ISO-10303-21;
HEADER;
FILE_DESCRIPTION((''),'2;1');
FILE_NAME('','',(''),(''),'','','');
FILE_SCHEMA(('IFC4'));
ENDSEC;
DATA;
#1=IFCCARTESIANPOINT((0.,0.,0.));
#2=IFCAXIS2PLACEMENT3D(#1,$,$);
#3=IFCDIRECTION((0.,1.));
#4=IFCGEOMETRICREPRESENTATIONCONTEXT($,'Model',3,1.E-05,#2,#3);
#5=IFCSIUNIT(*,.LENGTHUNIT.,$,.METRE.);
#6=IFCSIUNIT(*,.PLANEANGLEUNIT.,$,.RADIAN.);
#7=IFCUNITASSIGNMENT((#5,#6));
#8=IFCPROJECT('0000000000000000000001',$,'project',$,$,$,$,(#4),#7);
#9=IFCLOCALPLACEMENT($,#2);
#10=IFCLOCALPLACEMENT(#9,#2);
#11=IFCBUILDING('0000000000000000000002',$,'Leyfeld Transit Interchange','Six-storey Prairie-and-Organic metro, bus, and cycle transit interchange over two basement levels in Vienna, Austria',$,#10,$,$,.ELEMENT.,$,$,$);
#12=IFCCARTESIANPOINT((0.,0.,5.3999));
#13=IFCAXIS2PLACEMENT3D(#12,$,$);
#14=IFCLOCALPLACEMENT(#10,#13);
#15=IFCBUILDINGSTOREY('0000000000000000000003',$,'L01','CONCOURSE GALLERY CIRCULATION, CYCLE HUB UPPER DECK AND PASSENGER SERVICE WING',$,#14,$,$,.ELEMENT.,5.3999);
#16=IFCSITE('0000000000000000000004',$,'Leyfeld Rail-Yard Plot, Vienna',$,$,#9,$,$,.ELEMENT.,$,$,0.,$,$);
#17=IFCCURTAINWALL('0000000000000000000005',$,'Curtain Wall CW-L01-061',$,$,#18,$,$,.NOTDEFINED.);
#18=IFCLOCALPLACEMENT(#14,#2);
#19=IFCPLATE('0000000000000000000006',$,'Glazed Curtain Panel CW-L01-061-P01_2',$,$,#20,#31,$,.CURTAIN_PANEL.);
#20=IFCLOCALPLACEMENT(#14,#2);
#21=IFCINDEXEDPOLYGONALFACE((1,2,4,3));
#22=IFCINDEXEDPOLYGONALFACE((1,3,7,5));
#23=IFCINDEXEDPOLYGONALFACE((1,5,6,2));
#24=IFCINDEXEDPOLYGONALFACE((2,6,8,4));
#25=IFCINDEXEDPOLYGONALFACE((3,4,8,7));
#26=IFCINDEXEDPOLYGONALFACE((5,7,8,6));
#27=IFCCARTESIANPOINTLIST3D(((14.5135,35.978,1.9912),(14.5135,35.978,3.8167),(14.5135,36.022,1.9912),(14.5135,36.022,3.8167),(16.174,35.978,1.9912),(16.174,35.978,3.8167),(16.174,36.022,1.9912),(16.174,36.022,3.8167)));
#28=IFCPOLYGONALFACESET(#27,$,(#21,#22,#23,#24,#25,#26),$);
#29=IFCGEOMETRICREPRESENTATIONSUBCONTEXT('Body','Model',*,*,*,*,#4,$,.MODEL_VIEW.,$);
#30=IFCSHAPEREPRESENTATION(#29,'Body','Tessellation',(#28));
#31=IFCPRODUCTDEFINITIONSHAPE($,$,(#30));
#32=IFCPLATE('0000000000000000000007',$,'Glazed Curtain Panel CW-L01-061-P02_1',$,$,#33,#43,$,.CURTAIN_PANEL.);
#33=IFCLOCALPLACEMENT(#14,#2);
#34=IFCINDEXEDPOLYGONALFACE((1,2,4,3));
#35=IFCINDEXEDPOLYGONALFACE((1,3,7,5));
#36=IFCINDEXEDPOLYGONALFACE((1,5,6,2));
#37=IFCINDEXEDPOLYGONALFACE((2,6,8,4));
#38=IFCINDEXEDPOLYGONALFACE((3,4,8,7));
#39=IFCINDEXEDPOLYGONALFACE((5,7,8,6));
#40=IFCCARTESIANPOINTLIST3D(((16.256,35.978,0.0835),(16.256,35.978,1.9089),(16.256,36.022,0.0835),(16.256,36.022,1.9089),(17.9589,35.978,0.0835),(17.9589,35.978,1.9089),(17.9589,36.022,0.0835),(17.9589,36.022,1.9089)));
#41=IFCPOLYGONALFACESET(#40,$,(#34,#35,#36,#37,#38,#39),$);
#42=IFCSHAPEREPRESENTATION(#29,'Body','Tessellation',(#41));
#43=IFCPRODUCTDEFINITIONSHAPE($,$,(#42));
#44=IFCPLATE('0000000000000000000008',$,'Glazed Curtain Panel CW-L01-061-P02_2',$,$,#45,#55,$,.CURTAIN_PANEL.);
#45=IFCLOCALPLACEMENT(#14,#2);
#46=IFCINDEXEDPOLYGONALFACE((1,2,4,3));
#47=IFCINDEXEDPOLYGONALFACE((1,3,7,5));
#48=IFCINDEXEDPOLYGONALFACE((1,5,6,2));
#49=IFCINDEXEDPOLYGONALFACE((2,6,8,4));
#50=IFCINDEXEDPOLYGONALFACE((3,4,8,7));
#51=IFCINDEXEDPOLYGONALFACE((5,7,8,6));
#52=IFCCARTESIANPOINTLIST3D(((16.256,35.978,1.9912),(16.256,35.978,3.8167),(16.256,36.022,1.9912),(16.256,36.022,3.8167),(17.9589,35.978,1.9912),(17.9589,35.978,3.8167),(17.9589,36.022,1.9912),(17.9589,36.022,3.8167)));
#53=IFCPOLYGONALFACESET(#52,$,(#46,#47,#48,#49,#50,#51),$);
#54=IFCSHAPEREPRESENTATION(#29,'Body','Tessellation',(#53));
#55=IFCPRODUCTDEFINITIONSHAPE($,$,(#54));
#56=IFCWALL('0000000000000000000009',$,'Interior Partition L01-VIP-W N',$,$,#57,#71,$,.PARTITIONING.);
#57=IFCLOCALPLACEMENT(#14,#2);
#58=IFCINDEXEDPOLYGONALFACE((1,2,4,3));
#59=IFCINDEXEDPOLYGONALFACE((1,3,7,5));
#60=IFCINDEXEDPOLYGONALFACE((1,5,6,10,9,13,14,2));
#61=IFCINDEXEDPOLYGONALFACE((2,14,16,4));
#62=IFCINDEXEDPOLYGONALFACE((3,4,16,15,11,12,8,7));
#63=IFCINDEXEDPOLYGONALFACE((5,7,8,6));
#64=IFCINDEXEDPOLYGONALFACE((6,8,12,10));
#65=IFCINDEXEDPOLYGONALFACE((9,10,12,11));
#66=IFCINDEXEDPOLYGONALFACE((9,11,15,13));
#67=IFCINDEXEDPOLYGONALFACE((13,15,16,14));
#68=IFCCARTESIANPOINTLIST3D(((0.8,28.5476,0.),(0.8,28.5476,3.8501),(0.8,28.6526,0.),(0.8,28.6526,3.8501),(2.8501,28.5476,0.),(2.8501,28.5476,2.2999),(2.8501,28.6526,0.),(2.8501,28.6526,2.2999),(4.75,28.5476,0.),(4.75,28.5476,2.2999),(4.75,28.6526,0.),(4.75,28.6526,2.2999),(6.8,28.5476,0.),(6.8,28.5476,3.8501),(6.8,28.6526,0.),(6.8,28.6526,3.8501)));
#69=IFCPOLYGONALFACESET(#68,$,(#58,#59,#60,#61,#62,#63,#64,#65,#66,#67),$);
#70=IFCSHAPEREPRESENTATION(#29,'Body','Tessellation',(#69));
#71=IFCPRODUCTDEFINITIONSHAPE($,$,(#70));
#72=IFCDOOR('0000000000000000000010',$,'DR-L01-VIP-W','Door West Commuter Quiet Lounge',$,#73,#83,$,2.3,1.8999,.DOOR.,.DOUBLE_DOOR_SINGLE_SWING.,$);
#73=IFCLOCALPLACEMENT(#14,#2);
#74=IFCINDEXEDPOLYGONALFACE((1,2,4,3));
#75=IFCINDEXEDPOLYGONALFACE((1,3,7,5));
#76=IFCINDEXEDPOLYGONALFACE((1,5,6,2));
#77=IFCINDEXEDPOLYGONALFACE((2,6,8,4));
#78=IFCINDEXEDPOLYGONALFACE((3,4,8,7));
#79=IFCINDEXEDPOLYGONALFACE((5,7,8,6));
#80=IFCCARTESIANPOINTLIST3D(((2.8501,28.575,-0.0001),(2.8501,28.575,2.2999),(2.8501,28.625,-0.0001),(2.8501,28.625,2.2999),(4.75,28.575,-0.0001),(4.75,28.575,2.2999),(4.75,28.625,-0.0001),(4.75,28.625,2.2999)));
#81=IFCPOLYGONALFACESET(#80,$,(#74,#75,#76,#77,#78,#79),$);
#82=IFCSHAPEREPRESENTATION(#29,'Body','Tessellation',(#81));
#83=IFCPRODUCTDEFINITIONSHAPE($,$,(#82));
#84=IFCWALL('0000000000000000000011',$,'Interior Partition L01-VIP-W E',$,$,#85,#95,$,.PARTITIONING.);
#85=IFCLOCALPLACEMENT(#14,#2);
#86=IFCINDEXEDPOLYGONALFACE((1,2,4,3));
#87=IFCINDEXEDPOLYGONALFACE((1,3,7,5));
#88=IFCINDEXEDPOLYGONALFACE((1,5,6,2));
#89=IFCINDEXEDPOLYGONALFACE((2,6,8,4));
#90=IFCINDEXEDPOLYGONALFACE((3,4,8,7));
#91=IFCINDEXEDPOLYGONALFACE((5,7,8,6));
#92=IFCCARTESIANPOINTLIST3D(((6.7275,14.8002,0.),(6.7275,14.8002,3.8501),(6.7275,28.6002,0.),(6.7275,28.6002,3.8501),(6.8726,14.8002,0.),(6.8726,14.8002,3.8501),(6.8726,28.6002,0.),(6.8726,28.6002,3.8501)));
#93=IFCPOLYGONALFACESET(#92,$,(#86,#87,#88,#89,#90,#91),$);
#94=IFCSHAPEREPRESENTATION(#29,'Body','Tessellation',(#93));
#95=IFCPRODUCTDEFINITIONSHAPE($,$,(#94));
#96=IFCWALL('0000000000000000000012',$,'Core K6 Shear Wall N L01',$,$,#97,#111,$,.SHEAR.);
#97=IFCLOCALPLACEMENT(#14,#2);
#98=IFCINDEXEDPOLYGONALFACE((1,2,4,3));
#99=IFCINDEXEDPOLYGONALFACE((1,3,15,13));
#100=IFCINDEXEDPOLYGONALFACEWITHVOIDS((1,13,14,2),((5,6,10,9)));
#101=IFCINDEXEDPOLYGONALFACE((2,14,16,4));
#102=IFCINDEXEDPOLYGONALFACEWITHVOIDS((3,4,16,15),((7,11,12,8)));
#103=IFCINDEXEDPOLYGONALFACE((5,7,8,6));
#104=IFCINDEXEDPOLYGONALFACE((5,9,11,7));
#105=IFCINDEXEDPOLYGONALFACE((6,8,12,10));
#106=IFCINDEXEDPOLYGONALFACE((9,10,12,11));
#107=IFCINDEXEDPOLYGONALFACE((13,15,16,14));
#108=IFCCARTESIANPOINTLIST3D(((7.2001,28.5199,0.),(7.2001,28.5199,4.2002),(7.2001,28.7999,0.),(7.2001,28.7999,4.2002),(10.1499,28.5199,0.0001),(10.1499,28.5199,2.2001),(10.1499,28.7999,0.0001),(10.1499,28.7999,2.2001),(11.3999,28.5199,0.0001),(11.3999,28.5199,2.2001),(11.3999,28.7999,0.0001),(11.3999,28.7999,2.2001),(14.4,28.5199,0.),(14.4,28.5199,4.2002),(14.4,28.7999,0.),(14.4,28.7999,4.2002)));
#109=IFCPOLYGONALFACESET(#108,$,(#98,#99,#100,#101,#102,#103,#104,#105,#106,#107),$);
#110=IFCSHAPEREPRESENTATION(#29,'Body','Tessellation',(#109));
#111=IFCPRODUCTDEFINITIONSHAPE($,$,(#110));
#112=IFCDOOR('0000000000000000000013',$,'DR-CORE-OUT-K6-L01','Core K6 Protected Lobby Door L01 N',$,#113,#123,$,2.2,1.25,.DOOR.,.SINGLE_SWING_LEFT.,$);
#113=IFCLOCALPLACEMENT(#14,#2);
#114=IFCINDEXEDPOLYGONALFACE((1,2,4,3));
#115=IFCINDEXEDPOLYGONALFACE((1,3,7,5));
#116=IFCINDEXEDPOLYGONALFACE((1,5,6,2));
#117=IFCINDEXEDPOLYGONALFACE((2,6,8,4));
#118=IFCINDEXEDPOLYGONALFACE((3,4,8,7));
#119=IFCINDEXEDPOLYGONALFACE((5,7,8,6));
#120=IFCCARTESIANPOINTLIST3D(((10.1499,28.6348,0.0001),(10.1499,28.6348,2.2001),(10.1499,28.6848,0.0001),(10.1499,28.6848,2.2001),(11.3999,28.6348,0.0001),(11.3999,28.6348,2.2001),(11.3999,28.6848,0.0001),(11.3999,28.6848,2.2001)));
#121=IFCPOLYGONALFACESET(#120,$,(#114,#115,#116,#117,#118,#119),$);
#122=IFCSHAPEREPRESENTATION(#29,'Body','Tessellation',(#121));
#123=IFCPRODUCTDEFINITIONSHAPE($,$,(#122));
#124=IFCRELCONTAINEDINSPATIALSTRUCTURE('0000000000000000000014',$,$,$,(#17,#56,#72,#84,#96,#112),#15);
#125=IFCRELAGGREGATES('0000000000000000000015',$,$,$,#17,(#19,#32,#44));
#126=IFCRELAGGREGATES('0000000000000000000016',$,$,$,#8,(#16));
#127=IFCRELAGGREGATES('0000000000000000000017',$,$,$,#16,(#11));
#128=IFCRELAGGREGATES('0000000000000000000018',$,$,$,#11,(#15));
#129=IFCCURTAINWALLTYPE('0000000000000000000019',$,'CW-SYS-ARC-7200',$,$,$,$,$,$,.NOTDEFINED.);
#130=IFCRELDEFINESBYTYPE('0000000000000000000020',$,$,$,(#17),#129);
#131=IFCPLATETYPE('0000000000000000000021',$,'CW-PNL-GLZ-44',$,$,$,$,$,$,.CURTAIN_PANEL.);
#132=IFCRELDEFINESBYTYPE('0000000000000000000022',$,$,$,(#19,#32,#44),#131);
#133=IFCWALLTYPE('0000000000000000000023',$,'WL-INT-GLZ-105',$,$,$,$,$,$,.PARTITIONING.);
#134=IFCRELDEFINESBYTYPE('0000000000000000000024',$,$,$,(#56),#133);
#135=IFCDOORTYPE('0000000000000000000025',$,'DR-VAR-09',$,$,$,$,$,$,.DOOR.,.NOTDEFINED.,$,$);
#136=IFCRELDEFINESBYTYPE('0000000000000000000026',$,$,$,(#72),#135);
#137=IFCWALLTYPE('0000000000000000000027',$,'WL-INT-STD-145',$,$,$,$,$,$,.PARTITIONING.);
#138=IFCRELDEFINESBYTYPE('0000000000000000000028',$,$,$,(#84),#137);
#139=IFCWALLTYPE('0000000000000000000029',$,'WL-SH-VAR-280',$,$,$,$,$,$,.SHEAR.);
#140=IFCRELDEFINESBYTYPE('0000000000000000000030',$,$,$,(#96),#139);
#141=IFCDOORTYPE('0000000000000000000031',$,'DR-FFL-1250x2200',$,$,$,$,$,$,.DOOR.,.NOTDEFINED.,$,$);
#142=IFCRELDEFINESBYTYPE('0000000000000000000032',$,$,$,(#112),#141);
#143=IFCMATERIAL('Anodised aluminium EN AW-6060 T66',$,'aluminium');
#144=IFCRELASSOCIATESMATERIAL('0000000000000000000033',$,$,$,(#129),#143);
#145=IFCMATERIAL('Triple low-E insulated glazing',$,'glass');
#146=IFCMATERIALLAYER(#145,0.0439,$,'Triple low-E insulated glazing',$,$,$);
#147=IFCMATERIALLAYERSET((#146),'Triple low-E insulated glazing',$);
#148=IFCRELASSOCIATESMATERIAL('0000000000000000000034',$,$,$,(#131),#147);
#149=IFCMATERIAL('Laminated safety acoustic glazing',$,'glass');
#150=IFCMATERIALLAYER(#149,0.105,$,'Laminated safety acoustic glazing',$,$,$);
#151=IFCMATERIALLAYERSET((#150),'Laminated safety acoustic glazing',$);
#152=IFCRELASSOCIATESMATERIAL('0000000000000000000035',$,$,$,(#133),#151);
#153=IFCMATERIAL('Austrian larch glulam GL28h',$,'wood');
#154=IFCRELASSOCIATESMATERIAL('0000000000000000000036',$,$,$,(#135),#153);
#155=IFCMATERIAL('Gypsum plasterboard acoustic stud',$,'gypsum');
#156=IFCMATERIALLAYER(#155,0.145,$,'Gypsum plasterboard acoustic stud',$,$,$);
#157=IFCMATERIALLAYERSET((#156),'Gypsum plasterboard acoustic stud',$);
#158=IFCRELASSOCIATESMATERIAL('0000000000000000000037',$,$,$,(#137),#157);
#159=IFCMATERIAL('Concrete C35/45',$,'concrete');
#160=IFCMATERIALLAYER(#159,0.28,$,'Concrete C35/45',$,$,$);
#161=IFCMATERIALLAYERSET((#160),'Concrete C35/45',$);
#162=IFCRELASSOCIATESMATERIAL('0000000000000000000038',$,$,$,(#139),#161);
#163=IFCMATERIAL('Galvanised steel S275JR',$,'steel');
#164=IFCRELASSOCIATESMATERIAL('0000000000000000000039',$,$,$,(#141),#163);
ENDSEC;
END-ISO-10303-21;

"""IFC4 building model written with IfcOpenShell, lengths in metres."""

from ifc_helpers import new_model, si_unit, direction, frame, frame_2d, origin, origin_2d, place, context, subcontext, project, spatial, rectangle, extrude, material, layer, layer_set, type_object, element, fill, aggregate, save


model = new_model("IFC4")

# Units and contexts
model_context = context("Model", 3, precision=1e-05, world=origin(), true_north=direction((0.0, 1.0)))
body_context = subcontext(model_context, "Body", "Model", "MODEL_VIEW")
ifc_project = project(units=[si_unit("LENGTHUNIT", "METRE"), si_unit("PLANEANGLEUNIT", "RADIAN")], contexts=[model_context])

# Site, building, storey
site_placement = place(None, origin())
site = spatial("IfcSite", under=ifc_project, at=site_placement, Name="Leyfeld Rail-Yard Plot, Vienna", CompositionType="ELEMENT", RefElevation=0.0)
building_placement = place(site_placement, origin())
building = spatial("IfcBuilding", under=site, at=building_placement, Name="Leyfeld Transit Interchange", Description="Six-storey Prairie-and-Organic metro, bus, and cycle transit interchange over two basement levels in Vienna, Austria", CompositionType="ELEMENT")
storey_placement = place(building_placement, frame((0.0, 0.0, 5.3999)))
storey = spatial("IfcBuildingStorey", under=building, at=storey_placement, Name="L01", Description="CONCOURSE GALLERY CIRCULATION, CYCLE HUB UPPER DECK AND PASSENGER SERVICE WING", CompositionType="ELEMENT", Elevation=5.3999)

# Shared definitions
ifc_material_1 = material(Name="Anodised aluminium EN AW-6060 T66", Category="aluminium")
curtain_wall_type = type_object("IfcCurtainWallType", Name="CW-SYS-ARC-7200", PredefinedType="NOTDEFINED", material=ifc_material_1)

# Curtain wall
curtain_wall_1_placement = place(storey_placement, origin())
curtain_wall_1 = element("IfcCurtainWall", 1, at=curtain_wall_1_placement, inside=storey, type_object=curtain_wall_type, Name="Curtain Wall CW-L01-061", PredefinedType="NOTDEFINED")

# Plates
ifc_material_2 = material(Name="Triple low-E insulated glazing", Category="glass")
ifc_layer_1 = layer(ifc_material_2, 0.0439, Name="Triple low-E insulated glazing")
ifc_layer_set_1 = layer_set([ifc_layer_1], Name="Triple low-E insulated glazing")
plate_type = type_object("IfcPlateType", Name="CW-PNL-GLZ-44", PredefinedType="CURTAIN_PANEL", material=ifc_layer_set_1)
plate_1_placement = place(storey_placement, frame((15.3438, 36.0, 1.9912), z_axis=(0.0, 0.0, 1.0), x_axis=(1.0, 0.0, 0.0)))
plate_1 = element("IfcPlate", 2, at=plate_1_placement, type_object=plate_type, Name="Glazed Curtain Panel CW-L01-061-P01_2", PredefinedType="CURTAIN_PANEL", context=body_context, shape_type="SweptSolid", body=[
    extrude(rectangle(XDim=1.6604, YDim=0.0439, at=origin_2d()), origin(), (0.0, 0.0, 1.0), 1.8254),
])
plate_2_placement = place(storey_placement, frame((17.1074, 36.0, 0.0835), z_axis=(0.0, 0.0, 1.0), x_axis=(1.0, 0.0, 0.0)))
plate_2 = element("IfcPlate", 3, at=plate_2_placement, type_object=plate_type, Name="Glazed Curtain Panel CW-L01-061-P02_1", PredefinedType="CURTAIN_PANEL", context=body_context, shape_type="SweptSolid", body=[
    extrude(rectangle(XDim=1.7029, YDim=0.0439, at=origin_2d()), origin(), (0.0, 0.0, 1.0), 1.8254),
])
plate_3_placement = place(storey_placement, frame((17.1074, 36.0, 1.9912), z_axis=(0.0, 0.0, 1.0), x_axis=(1.0, 0.0, 0.0)))
plate_3 = element("IfcPlate", 4, at=plate_3_placement, type_object=plate_type, Name="Glazed Curtain Panel CW-L01-061-P02_2", PredefinedType="CURTAIN_PANEL", context=body_context, shape_type="SweptSolid", body=[
    extrude(rectangle(XDim=1.7029, YDim=0.0439, at=origin_2d()), origin(), (0.0, 0.0, 1.0), 1.8254),
])
aggregate(curtain_wall_1, [plate_1, plate_2, plate_3])

# Wall, opening, door
ifc_material_3 = material(Name="Laminated safety acoustic glazing", Category="glass")
ifc_layer_2 = layer(ifc_material_3, 0.105, Name="Laminated safety acoustic glazing")
ifc_layer_set_2 = layer_set([ifc_layer_2], Name="Laminated safety acoustic glazing")
wall_type_1 = type_object("IfcWallType", Name="WL-INT-GLZ-105", PredefinedType="PARTITIONING", material=ifc_layer_set_2)
wall_1_placement = place(storey_placement, frame((0.8, 28.6001, 0.0), z_axis=(0.0, 0.0, 1.0), x_axis=(1.0, 0.0, 0.0)))
wall_1 = element("IfcWall", 5, at=wall_1_placement, inside=storey, type_object=wall_type_1, Name="Interior Partition L01-VIP-W N", PredefinedType="PARTITIONING", context=body_context, shape_type="SweptSolid", body=[
    extrude(rectangle(XDim=6.0, YDim=0.105, at=frame_2d((3.0, 0.0))), origin(), (0.0, 0.0, 1.0), 3.8501),
])
opening_1_placement = place(wall_1_placement, frame((2.05, 0.0, 0.0)))
opening_1 = element("IfcOpeningElement", 6, at=opening_1_placement, cuts=wall_1, PredefinedType="OPENING", context=body_context, shape_type="SweptSolid", body=[
    extrude(rectangle(XDim=1.8999, YDim=2.3, at=frame_2d((0.95, 1.1499))), frame((0.0, 0.0625, 0.0), z_axis=(0.0, -1.0, 0.0), x_axis=(1.0, 0.0, 0.0)), (0.0, 0.0, 1.0), 0.125),
])
ifc_material_4 = material(Name="Austrian larch glulam GL28h", Category="wood")
door_type_1 = type_object("IfcDoorType", Name="DR-VAR-09", OperationType="NOTDEFINED", PredefinedType="DOOR", material=ifc_material_4)
door_1_placement = place(opening_1_placement, origin())
door_1 = element("IfcDoor", 7, at=door_1_placement, inside=storey, type_object=door_type_1, Name="DR-L01-VIP-W", Description="Door West Commuter Quiet Lounge", OperationType="DOUBLE_DOOR_SINGLE_SWING", OverallHeight=2.3, OverallWidth=1.8999, PredefinedType="DOOR", context=body_context, shape_type="SweptSolid", body=[
    extrude(rectangle(XDim=1.8999, YDim=2.3, at=frame_2d((0.95, 1.1499))), frame((0.0, 0.0249, 0.0), z_axis=(0.0, -1.0, 0.0), x_axis=(1.0, 0.0, 0.0)), (0.0, 0.0, 1.0), 0.05),
])
fill(opening_1, door_1)

# Wall
ifc_material_5 = material(Name="Gypsum plasterboard acoustic stud", Category="gypsum")
ifc_layer_3 = layer(ifc_material_5, 0.145, Name="Gypsum plasterboard acoustic stud")
ifc_layer_set_3 = layer_set([ifc_layer_3], Name="Gypsum plasterboard acoustic stud")
wall_type_2 = type_object("IfcWallType", Name="WL-INT-STD-145", PredefinedType="PARTITIONING", material=ifc_layer_set_3)
wall_2_placement = place(storey_placement, frame((6.8, 28.6001, 0.0), z_axis=(0.0, 0.0, 1.0), x_axis=(0.0, -1.0, 0.0)))
element("IfcWall", 8, at=wall_2_placement, inside=storey, type_object=wall_type_2, Name="Interior Partition L01-VIP-W E", PredefinedType="PARTITIONING", context=body_context, shape_type="SweptSolid", body=[
    extrude(rectangle(XDim=13.8, YDim=0.145, at=frame_2d((6.8999, 0.0))), origin(), (0.0, 0.0, 1.0), 3.8501),
])

# Wall, opening, door
ifc_material_6 = material(Name="Concrete C35/45", Category="concrete")
ifc_layer_4 = layer(ifc_material_6, 0.28, Name="Concrete C35/45")
ifc_layer_set_4 = layer_set([ifc_layer_4], Name="Concrete C35/45")
wall_type_3 = type_object("IfcWallType", Name="WL-SH-VAR-280", PredefinedType="SHEAR", material=ifc_layer_set_4)
wall_3_placement = place(storey_placement, frame((7.2, 28.6599, 0.0), z_axis=(0.0, 0.0, 1.0), x_axis=(1.0, 0.0, 0.0)))
wall_3 = element("IfcWall", 9, at=wall_3_placement, inside=storey, type_object=wall_type_3, Name="Core K6 Shear Wall N L01", PredefinedType="SHEAR", context=body_context, shape_type="SweptSolid", body=[
    extrude(rectangle(XDim=7.2, YDim=0.28, at=frame_2d((3.6001, 0.0))), origin(), (0.0, 0.0, 1.0), 4.2002),
])
opening_2_placement = place(wall_3_placement, frame((2.95, 0.0, 0.0)))
opening_2 = element("IfcOpeningElement", 10, at=opening_2_placement, cuts=wall_3, PredefinedType="OPENING", context=body_context, shape_type="SweptSolid", body=[
    extrude(rectangle(XDim=1.25, YDim=2.2, at=frame_2d((0.625, 1.1001))), frame((0.0, 0.1499, 0.0), z_axis=(0.0, -1.0, 0.0), x_axis=(1.0, 0.0, 0.0)), (0.0, 0.0, 1.0), 0.3),
])
ifc_material_7 = material(Name="Galvanised steel S275JR", Category="steel")
door_type_2 = type_object("IfcDoorType", Name="DR-FFL-1250x2200", OperationType="NOTDEFINED", PredefinedType="DOOR", material=ifc_material_7)
door_2_placement = place(opening_2_placement, origin())
door_2 = element("IfcDoor", 11, at=door_2_placement, inside=storey, type_object=door_type_2, Name="DR-CORE-OUT-K6-L01", Description="Core K6 Protected Lobby Door L01 N", OperationType="SINGLE_SWING_LEFT", OverallHeight=2.2, OverallWidth=1.25, PredefinedType="DOOR", context=body_context, shape_type="SweptSolid", body=[
    extrude(rectangle(XDim=1.25, YDim=2.2, at=frame_2d((0.625, 1.1001))), frame((0.0, 0.0249, 0.0), z_axis=(0.0, -1.0, 0.0), x_axis=(1.0, 0.0, 0.0)), (0.0, 0.0, 1.0), 0.05),
])
fill(opening_2, door_2)

save(model, "model.ifc")
